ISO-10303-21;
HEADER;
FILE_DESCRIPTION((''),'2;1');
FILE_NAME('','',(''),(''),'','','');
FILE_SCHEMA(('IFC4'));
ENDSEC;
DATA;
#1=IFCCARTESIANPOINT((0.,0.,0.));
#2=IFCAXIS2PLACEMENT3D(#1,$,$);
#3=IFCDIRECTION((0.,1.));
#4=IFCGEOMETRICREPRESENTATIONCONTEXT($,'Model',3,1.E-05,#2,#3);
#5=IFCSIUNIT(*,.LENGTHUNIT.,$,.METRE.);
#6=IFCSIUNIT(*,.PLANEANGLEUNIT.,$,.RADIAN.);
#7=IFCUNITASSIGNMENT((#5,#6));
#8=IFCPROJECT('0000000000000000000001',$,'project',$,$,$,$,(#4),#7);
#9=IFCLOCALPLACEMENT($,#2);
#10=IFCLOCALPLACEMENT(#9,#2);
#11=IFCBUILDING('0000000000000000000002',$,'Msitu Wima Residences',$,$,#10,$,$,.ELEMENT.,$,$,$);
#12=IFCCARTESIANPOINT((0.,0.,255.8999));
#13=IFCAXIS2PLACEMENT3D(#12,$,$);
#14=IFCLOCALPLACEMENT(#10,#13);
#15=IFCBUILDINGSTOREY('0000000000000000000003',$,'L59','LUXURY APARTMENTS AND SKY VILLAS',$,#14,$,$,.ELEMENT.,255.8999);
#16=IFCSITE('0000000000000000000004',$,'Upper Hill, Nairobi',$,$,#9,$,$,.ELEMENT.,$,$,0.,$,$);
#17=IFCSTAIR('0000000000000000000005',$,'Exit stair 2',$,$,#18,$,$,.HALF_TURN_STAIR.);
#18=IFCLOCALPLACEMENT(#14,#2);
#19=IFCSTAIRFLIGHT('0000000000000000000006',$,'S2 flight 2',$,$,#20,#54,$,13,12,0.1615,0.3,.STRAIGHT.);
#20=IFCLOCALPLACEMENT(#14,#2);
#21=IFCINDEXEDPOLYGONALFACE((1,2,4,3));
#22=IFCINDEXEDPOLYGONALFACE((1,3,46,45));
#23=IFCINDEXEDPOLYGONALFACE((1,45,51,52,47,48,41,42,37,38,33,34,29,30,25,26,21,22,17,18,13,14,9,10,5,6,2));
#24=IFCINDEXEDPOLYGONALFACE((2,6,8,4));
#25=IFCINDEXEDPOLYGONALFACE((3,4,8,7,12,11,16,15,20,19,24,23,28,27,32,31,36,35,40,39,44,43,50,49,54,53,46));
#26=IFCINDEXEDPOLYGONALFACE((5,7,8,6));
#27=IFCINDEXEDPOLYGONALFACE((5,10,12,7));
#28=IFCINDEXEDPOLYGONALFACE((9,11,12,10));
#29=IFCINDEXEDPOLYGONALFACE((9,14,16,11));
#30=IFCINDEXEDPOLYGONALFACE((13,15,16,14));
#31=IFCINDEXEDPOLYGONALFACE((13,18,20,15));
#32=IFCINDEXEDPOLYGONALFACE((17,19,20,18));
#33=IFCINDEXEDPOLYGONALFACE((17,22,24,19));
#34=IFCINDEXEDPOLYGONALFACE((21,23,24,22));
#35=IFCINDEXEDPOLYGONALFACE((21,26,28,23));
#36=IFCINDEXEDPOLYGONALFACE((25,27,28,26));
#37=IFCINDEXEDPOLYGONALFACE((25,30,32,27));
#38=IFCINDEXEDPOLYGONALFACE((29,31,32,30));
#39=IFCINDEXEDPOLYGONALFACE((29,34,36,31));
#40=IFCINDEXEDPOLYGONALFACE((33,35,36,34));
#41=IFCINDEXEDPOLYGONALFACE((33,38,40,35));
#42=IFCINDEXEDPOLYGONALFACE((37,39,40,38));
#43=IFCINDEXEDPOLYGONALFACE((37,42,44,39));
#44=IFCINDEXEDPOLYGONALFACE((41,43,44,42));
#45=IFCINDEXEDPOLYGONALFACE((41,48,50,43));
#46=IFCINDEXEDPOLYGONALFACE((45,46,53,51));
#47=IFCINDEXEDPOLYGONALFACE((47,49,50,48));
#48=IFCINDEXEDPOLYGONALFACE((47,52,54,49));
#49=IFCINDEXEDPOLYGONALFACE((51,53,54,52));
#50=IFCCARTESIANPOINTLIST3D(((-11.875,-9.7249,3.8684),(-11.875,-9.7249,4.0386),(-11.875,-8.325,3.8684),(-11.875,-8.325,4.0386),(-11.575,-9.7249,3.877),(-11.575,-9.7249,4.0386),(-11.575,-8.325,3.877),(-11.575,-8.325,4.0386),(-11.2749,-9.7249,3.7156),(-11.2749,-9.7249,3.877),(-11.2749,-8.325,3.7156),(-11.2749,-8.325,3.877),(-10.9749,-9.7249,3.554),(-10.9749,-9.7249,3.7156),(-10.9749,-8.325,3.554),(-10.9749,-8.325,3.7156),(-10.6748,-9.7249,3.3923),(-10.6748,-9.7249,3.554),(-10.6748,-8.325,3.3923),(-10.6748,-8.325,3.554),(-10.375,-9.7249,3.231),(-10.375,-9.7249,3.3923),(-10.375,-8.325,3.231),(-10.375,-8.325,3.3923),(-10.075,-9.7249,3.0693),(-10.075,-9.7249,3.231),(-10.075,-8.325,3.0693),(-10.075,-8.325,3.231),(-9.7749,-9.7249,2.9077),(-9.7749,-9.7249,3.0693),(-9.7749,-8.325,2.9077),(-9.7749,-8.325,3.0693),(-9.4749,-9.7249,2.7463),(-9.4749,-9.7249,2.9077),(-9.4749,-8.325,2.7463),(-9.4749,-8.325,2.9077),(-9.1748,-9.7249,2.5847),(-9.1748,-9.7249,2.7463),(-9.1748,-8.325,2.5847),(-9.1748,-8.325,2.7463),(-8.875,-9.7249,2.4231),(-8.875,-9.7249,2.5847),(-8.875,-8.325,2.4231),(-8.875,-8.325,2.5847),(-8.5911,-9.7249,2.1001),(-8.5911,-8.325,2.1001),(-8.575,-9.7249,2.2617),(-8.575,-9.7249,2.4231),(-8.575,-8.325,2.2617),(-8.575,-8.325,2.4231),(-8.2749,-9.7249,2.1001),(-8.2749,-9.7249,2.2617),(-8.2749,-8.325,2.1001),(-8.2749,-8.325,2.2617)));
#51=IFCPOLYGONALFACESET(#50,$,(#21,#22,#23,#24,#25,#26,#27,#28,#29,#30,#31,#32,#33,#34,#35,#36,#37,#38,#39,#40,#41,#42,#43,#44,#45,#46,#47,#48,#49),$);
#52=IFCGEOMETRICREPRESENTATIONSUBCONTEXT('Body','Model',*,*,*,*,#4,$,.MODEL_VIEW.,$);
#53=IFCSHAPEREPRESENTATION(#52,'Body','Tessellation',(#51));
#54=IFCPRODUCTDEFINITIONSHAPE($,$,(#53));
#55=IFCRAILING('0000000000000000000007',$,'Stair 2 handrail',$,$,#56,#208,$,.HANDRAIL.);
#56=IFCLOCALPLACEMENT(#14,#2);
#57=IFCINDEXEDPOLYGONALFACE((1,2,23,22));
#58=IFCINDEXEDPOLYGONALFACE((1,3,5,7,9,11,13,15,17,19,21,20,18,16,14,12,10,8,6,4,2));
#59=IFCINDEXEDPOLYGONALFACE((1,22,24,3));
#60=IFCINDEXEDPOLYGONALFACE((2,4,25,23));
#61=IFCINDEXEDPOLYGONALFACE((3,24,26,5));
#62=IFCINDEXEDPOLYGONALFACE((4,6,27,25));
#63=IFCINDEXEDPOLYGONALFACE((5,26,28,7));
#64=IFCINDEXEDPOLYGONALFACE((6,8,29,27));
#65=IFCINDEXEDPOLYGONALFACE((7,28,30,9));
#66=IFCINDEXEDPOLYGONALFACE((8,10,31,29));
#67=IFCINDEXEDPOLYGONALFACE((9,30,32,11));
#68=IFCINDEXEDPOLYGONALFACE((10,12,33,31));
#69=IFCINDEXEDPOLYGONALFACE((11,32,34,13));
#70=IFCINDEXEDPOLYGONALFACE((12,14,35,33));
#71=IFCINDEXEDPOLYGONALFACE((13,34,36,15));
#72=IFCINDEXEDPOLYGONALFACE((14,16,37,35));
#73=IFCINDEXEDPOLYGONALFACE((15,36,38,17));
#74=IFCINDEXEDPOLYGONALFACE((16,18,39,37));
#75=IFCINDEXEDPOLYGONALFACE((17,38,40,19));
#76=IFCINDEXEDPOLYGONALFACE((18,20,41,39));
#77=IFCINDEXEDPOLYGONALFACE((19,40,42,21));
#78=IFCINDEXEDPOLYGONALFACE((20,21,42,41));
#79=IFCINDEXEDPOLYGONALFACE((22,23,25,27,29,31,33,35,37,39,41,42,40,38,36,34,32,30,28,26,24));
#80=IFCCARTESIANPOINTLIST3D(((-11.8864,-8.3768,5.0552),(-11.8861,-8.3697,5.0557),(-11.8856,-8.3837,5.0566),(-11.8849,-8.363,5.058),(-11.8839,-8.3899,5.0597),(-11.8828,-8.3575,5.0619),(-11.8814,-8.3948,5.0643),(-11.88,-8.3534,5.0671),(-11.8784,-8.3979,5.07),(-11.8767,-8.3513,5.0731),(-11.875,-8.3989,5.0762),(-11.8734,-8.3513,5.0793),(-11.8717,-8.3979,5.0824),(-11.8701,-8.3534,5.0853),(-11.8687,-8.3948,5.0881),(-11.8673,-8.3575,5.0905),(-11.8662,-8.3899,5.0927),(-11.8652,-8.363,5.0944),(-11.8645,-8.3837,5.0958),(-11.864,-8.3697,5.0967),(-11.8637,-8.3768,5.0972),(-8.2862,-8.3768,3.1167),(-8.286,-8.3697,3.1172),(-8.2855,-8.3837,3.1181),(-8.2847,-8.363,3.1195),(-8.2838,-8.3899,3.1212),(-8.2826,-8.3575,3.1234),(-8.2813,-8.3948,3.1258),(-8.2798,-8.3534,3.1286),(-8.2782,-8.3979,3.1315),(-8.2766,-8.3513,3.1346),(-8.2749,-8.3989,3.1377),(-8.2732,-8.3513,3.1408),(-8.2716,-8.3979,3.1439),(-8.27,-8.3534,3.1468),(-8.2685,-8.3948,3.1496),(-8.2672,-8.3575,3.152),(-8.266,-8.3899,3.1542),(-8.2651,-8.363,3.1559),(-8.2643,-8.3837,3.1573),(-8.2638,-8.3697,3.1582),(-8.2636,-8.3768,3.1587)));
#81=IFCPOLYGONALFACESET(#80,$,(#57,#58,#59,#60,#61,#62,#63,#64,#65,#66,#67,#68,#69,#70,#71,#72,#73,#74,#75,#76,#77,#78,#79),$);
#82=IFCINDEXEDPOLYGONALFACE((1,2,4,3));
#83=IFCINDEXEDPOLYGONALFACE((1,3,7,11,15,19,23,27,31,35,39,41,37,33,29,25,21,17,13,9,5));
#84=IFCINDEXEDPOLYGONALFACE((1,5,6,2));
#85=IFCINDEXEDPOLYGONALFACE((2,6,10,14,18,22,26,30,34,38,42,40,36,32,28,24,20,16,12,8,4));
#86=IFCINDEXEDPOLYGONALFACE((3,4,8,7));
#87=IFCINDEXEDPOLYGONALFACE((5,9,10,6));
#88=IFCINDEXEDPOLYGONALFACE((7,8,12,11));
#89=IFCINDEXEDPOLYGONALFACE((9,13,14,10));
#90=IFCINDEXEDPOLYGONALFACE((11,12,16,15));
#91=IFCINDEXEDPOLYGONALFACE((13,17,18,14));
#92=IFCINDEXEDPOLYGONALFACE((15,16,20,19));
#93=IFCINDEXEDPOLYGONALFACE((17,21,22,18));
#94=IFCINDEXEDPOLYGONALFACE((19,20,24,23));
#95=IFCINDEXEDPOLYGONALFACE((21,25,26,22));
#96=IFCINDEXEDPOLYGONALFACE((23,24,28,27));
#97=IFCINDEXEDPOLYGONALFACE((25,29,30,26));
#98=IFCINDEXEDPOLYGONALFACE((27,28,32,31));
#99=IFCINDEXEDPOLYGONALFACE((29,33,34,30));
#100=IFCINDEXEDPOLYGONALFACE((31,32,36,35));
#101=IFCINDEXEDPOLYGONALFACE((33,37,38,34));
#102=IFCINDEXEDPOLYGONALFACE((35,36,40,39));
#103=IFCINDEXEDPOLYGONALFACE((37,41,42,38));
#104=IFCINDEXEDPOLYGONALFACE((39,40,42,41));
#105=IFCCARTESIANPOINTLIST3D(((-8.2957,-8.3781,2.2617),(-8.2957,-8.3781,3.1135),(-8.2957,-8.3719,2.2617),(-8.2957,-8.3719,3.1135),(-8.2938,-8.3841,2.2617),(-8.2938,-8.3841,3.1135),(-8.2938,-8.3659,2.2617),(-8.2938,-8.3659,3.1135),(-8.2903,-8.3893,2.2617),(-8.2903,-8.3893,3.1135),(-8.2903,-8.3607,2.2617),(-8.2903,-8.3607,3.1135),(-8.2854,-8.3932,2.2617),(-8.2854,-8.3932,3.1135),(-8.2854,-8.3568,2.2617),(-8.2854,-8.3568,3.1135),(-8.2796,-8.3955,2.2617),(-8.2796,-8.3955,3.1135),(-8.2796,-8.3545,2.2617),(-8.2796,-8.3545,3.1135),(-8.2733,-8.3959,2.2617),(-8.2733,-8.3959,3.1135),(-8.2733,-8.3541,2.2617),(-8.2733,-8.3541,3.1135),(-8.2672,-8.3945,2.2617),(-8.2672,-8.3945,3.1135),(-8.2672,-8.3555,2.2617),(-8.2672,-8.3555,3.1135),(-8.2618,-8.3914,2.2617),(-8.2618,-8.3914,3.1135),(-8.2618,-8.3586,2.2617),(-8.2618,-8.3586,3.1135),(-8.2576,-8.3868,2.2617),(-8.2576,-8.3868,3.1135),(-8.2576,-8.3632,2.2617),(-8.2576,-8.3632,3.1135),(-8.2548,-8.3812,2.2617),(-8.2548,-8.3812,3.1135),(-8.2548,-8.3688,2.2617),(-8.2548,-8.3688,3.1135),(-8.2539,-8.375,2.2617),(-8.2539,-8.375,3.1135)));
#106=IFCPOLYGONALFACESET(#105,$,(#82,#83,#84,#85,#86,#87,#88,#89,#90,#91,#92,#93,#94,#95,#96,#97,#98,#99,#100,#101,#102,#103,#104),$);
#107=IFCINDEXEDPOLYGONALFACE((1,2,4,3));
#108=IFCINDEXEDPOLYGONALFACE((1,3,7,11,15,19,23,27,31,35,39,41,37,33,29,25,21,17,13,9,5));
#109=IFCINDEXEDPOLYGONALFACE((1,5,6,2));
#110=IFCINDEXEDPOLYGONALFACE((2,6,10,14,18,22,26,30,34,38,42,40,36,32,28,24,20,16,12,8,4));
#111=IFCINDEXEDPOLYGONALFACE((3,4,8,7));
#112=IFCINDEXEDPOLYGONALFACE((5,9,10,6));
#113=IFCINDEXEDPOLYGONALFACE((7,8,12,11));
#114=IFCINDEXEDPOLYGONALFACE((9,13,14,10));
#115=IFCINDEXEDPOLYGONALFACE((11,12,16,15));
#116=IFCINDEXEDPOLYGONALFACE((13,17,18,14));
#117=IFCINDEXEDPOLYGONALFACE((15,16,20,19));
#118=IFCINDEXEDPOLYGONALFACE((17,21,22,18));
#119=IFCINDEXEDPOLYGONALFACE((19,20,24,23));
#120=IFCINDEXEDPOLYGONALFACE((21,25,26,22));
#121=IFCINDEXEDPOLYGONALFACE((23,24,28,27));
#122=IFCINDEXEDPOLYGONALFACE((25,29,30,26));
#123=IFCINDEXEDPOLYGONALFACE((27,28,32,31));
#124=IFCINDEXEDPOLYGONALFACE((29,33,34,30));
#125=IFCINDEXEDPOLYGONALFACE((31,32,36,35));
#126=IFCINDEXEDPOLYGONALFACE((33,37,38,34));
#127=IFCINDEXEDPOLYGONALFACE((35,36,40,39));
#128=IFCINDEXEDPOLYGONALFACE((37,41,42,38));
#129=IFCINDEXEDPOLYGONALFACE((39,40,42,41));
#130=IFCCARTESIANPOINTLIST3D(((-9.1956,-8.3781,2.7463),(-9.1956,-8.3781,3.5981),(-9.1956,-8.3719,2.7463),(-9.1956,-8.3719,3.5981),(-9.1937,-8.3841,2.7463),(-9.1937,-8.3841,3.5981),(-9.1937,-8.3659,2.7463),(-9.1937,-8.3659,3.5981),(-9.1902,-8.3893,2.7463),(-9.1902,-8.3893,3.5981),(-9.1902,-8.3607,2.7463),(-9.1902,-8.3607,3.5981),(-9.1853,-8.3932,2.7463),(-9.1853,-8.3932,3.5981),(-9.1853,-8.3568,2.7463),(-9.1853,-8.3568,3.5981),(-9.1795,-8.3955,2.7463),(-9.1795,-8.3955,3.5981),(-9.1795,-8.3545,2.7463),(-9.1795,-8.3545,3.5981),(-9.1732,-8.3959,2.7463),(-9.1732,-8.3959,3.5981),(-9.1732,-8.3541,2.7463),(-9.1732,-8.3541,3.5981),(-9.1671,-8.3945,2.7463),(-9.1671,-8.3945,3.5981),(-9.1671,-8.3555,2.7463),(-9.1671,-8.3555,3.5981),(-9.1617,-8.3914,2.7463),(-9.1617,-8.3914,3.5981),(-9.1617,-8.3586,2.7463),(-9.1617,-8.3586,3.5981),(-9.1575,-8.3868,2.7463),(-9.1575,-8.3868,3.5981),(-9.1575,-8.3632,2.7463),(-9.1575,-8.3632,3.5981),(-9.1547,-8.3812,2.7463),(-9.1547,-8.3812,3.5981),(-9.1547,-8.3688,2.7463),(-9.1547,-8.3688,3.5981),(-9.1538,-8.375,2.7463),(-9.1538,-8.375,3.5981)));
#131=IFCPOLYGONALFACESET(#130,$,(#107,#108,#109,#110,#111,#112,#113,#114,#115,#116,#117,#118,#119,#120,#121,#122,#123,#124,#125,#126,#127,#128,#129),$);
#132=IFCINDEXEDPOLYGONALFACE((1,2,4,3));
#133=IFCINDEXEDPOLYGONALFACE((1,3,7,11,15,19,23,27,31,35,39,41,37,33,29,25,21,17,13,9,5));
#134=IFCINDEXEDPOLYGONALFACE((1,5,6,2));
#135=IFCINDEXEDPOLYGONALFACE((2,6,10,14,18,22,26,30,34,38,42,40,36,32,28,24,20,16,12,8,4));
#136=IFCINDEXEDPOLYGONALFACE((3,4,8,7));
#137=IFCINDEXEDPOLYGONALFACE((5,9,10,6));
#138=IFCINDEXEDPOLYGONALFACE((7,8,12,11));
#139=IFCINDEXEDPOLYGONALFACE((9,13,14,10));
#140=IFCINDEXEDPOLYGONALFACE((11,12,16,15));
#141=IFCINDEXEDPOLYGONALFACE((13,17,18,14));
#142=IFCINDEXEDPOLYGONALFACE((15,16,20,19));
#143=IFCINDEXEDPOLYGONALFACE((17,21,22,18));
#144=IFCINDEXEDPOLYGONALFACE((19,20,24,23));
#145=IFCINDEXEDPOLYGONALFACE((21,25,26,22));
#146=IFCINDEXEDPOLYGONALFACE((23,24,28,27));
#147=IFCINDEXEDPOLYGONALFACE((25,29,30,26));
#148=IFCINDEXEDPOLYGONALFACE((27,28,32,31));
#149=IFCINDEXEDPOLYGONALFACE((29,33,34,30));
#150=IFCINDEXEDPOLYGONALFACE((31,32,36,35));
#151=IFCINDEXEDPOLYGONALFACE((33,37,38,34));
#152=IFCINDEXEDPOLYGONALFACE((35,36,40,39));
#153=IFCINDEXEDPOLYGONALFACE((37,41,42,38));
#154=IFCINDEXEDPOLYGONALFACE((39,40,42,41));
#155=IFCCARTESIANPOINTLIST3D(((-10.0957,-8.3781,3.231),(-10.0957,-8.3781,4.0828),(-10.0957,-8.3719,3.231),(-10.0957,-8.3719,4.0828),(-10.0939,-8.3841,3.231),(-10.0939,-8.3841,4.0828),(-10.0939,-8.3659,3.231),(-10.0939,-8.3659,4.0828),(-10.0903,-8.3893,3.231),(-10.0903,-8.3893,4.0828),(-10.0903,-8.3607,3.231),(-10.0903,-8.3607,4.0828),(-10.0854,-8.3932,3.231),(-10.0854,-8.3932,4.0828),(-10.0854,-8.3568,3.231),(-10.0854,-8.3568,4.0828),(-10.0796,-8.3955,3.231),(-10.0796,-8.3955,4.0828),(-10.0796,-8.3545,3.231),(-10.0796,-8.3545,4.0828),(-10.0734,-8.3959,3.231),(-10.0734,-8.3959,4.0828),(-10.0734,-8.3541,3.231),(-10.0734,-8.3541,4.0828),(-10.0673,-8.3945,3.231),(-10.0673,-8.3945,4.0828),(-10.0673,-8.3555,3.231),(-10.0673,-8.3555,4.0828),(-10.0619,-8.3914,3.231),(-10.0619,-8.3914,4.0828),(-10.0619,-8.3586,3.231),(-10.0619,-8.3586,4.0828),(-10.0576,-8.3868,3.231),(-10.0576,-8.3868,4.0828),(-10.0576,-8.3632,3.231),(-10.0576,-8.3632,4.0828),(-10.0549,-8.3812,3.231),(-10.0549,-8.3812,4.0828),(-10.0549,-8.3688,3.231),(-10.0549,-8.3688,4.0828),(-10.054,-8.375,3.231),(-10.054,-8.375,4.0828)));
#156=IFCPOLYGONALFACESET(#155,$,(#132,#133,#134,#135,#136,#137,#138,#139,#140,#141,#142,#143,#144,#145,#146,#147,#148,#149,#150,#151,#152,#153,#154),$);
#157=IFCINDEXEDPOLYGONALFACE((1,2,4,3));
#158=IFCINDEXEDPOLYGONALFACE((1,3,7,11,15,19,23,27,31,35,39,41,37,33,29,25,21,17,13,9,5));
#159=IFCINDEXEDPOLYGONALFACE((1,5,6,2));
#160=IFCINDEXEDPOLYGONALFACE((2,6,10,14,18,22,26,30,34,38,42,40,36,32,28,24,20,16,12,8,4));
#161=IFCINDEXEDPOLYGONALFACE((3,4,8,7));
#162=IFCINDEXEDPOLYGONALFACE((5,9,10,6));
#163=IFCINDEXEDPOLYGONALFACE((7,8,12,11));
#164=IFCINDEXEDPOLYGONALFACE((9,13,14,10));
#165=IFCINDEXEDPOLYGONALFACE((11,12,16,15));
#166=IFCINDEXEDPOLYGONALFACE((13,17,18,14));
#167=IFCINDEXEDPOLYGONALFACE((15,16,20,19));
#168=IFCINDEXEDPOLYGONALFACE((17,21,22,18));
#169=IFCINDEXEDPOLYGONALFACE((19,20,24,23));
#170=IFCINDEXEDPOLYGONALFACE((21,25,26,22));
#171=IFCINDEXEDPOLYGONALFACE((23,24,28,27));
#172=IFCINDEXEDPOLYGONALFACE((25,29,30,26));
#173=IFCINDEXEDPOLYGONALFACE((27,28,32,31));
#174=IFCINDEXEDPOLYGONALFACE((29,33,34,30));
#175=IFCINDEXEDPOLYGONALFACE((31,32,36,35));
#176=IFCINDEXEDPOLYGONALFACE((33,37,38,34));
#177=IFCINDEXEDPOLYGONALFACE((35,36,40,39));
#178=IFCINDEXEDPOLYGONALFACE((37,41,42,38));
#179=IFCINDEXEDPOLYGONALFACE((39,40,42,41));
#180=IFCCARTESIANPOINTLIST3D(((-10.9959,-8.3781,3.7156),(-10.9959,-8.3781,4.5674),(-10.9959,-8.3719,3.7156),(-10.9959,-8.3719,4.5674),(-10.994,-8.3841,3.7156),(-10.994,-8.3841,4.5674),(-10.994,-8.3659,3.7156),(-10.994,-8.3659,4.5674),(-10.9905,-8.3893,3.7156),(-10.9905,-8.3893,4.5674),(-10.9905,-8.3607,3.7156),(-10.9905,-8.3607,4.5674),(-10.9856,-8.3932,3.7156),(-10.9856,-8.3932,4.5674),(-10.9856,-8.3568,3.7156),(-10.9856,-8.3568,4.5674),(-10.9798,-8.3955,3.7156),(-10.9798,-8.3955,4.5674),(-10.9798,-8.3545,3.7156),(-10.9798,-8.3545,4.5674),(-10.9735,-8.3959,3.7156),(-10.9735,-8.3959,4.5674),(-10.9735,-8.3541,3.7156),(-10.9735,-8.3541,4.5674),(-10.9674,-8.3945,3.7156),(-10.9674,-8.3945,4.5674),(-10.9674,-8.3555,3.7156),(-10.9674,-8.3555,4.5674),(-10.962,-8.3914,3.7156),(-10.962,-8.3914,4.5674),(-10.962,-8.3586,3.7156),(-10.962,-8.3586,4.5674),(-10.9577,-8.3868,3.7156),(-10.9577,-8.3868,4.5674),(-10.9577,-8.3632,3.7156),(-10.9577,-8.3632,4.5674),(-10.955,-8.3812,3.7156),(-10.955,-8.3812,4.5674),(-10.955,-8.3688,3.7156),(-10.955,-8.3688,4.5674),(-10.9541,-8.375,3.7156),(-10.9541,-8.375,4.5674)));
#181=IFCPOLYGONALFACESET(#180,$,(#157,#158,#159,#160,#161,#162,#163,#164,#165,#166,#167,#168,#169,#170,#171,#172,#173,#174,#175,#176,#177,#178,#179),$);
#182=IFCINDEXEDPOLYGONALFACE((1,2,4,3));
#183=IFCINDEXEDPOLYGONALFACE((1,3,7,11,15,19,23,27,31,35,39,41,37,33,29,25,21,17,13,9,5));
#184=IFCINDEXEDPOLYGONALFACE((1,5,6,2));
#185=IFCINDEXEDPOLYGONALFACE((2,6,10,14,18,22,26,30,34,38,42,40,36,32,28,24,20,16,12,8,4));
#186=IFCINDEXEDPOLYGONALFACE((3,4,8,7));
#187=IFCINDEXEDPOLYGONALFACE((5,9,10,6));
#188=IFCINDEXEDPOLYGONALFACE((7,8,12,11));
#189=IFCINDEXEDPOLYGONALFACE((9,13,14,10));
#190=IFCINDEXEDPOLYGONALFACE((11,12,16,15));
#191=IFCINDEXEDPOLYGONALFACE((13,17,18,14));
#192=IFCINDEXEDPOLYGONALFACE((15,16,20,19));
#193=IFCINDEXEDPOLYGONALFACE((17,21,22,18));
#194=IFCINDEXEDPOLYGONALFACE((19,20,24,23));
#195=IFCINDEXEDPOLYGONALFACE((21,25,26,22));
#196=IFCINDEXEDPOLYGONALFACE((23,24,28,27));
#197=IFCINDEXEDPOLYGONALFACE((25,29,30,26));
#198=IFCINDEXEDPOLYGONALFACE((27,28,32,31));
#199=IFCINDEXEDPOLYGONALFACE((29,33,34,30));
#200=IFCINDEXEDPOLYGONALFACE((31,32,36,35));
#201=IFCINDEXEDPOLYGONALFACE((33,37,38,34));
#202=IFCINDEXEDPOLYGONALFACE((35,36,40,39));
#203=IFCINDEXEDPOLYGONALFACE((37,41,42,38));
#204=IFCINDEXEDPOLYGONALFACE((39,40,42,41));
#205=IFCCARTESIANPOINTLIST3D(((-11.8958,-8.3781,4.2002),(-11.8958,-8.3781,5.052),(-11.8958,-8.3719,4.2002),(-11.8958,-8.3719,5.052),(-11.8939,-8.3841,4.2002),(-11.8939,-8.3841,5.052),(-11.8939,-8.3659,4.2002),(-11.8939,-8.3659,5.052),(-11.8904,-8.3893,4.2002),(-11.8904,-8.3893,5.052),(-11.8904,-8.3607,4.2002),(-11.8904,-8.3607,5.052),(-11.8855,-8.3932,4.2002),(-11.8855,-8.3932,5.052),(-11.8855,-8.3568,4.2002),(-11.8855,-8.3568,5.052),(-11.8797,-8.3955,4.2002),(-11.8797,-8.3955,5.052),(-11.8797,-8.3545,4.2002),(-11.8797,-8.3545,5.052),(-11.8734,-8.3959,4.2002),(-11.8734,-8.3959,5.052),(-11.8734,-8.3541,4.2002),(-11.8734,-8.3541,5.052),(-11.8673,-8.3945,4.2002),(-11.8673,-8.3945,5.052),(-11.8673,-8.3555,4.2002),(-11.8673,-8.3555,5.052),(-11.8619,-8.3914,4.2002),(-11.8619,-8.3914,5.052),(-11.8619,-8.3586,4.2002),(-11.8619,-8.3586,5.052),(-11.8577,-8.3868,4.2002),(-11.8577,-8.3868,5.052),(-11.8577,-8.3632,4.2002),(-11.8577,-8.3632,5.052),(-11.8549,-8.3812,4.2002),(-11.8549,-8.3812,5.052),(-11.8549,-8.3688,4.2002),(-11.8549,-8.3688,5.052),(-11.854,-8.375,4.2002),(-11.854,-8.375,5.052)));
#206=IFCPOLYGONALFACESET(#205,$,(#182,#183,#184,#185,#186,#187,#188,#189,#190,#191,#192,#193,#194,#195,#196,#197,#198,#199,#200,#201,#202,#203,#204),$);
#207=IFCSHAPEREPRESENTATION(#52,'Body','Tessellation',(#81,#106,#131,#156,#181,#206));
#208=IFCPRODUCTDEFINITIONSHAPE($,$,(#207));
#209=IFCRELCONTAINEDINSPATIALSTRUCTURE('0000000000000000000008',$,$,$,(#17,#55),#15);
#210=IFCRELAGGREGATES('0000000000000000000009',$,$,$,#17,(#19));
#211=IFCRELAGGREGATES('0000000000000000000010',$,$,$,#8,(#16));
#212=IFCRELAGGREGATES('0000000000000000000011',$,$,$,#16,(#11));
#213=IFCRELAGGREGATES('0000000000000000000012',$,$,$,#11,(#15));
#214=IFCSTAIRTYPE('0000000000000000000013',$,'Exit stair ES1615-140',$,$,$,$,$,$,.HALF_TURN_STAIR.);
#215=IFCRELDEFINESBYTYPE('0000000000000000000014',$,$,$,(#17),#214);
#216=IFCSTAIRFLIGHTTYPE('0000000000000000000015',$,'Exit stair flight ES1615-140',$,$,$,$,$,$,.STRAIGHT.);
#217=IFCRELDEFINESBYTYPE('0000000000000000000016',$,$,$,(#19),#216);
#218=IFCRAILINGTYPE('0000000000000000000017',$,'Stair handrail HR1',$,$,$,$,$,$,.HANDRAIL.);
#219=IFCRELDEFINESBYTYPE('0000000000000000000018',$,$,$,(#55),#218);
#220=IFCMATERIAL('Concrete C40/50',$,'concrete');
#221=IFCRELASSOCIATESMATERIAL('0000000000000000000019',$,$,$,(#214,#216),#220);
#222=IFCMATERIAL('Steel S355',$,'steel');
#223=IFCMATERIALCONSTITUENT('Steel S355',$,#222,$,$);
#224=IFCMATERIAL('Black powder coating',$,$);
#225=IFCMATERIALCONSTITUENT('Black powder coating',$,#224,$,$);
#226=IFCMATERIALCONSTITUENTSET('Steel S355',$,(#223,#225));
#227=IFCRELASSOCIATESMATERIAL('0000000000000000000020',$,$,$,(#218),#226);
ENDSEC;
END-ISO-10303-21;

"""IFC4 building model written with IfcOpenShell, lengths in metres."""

from ifc_helpers import new_model, si_unit, direction, frame, origin, origin_2d, place, context, subcontext, project, spatial, polyline, circle, outline, extrude, material, constituent, constituent_set, type_object, element, aggregate, save


model = new_model("IFC4")

# Units and contexts
model_context = context("Model", 3, precision=1e-05, world=origin(), true_north=direction((0.0, 1.0)))
body_context = subcontext(model_context, "Body", "Model", "MODEL_VIEW")
ifc_project = project(units=[si_unit("LENGTHUNIT", "METRE"), si_unit("PLANEANGLEUNIT", "RADIAN")], contexts=[model_context])

# Site, building, storey
site_placement = place(None, origin())
site = spatial("IfcSite", under=ifc_project, at=site_placement, Name="Upper Hill, Nairobi", CompositionType="ELEMENT", RefElevation=0.0)
building_placement = place(site_placement, origin())
building = spatial("IfcBuilding", under=site, at=building_placement, Name="Msitu Wima Residences", CompositionType="ELEMENT")
storey_placement = place(building_placement, frame((0.0, 0.0, 255.8999)))
storey = spatial("IfcBuildingStorey", under=building, at=storey_placement, Name="L59", Description="LUXURY APARTMENTS AND SKY VILLAS", CompositionType="ELEMENT", Elevation=255.8999)

# Shared definitions
ifc_material_1 = material(Name="Concrete C40/50", Category="concrete")

# Stair, stair flight
stair_type = type_object("IfcStairType", Name="Exit stair ES1615-140", PredefinedType="HALF_TURN_STAIR", material=ifc_material_1)
stair_placement = place(storey_placement, origin())
stair = element("IfcStair", 1, at=stair_placement, inside=storey, type_object=stair_type, Name="Exit stair 2", PredefinedType="HALF_TURN_STAIR")
stair_flight_type = type_object("IfcStairFlightType", Name="Exit stair flight ES1615-140", PredefinedType="STRAIGHT", material=ifc_material_1)
stair_flight_placement = place(storey_placement, frame((-8.2749, -9.0249, 2.1001), z_axis=(0.0, 0.0, 1.0), x_axis=(-1.0, 0.0, 0.0)))
stair_flight = element("IfcStairFlight", 2, at=stair_flight_placement, type_object=stair_flight_type, Name="S2 flight 2", NumberOfRisers=13, NumberOfTreads=12, PredefinedType="STRAIGHT", RiserHeight=0.1615, TreadLength=0.3, context=body_context, shape_type="SweptSolid", body=[
    extrude(outline(polyline([(0.0, 0.0), (0.0, 0.1616), (0.3, 0.1616), (0.3, 0.323), (0.6001, 0.323), (0.6001, 0.4846), (0.8999, 0.4846), (0.8999, 0.6462), (1.2, 0.6462), (1.2, 0.8076), (1.5, 0.8076), (1.5, 0.9692), (1.8, 0.9692), (1.8, 1.1309), (2.1001, 1.1309), (2.1001, 1.2922), (2.3999, 1.2922), (2.3999, 1.4539), (2.7, 1.4539), (2.7, 1.6155), (3.0, 1.6155), (3.0, 1.7769), (3.3, 1.7769), (3.3, 1.9385), (3.6001, 1.9385), (3.6001, 2.1001), (3.6001, 1.7683), (0.3162, 0.0), (0.0, 0.0)])), frame((0.0, 0.7, 0.0), z_axis=(0.0, -1.0, 0.0), x_axis=(1.0, 0.0, 0.0)), (0.0, 0.0, 1.0), 1.3999),
])
aggregate(stair, [stair_flight])

# Railing
ifc_material_2 = material(Name="Steel S355", Category="steel")
ifc_constituent_1 = constituent(ifc_material_2, Name="Steel S355")
ifc_material_3 = material(Name="Black powder coating")
ifc_constituent_2 = constituent(ifc_material_3, Name="Black powder coating")
ifc_constituent_set = constituent_set(constituents=[ifc_constituent_1, ifc_constituent_2], Name="Steel S355")
railing_type = type_object("IfcRailingType", Name="Stair handrail HR1", PredefinedType="HANDRAIL", material=ifc_constituent_set)
railing_placement = place(storey_placement, frame((-8.2749, -8.375, 2.2617)))
element("IfcRailing", 3, at=railing_placement, inside=storey, type_object=railing_type, Name="Stair 2 handrail", PredefinedType="HANDRAIL", context=body_context, shape_type="SweptSolid", body=[
    extrude(circle(Radius=0.0239, at=origin_2d()), frame((0.0, 0.0, 0.876), z_axis=(-0.880475, 0.0, 0.474093), x_axis=(0.0, -1.0, 0.0)), (0.0, 0.0, 1.0), 4.0889),
    extrude(circle(Radius=0.021, at=origin_2d()), origin(), (0.0, 0.0, 1.0), 0.8518),
    extrude(circle(Radius=0.021, at=origin_2d()), frame((-0.8999, 0.0, 0.4846)), (0.0, 0.0, 1.0), 0.8518),
    extrude(circle(Radius=0.021, at=origin_2d()), frame((-1.8, 0.0, 0.9692)), (0.0, 0.0, 1.0), 0.8518),
    extrude(circle(Radius=0.021, at=origin_2d()), frame((-2.7002, 0.0, 1.4539)), (0.0, 0.0, 1.0), 0.8518),
    extrude(circle(Radius=0.021, at=origin_2d()), frame((-3.6001, 0.0, 1.9385)), (0.0, 0.0, 1.0), 0.8518),
])

save(model, "model.ifc")
